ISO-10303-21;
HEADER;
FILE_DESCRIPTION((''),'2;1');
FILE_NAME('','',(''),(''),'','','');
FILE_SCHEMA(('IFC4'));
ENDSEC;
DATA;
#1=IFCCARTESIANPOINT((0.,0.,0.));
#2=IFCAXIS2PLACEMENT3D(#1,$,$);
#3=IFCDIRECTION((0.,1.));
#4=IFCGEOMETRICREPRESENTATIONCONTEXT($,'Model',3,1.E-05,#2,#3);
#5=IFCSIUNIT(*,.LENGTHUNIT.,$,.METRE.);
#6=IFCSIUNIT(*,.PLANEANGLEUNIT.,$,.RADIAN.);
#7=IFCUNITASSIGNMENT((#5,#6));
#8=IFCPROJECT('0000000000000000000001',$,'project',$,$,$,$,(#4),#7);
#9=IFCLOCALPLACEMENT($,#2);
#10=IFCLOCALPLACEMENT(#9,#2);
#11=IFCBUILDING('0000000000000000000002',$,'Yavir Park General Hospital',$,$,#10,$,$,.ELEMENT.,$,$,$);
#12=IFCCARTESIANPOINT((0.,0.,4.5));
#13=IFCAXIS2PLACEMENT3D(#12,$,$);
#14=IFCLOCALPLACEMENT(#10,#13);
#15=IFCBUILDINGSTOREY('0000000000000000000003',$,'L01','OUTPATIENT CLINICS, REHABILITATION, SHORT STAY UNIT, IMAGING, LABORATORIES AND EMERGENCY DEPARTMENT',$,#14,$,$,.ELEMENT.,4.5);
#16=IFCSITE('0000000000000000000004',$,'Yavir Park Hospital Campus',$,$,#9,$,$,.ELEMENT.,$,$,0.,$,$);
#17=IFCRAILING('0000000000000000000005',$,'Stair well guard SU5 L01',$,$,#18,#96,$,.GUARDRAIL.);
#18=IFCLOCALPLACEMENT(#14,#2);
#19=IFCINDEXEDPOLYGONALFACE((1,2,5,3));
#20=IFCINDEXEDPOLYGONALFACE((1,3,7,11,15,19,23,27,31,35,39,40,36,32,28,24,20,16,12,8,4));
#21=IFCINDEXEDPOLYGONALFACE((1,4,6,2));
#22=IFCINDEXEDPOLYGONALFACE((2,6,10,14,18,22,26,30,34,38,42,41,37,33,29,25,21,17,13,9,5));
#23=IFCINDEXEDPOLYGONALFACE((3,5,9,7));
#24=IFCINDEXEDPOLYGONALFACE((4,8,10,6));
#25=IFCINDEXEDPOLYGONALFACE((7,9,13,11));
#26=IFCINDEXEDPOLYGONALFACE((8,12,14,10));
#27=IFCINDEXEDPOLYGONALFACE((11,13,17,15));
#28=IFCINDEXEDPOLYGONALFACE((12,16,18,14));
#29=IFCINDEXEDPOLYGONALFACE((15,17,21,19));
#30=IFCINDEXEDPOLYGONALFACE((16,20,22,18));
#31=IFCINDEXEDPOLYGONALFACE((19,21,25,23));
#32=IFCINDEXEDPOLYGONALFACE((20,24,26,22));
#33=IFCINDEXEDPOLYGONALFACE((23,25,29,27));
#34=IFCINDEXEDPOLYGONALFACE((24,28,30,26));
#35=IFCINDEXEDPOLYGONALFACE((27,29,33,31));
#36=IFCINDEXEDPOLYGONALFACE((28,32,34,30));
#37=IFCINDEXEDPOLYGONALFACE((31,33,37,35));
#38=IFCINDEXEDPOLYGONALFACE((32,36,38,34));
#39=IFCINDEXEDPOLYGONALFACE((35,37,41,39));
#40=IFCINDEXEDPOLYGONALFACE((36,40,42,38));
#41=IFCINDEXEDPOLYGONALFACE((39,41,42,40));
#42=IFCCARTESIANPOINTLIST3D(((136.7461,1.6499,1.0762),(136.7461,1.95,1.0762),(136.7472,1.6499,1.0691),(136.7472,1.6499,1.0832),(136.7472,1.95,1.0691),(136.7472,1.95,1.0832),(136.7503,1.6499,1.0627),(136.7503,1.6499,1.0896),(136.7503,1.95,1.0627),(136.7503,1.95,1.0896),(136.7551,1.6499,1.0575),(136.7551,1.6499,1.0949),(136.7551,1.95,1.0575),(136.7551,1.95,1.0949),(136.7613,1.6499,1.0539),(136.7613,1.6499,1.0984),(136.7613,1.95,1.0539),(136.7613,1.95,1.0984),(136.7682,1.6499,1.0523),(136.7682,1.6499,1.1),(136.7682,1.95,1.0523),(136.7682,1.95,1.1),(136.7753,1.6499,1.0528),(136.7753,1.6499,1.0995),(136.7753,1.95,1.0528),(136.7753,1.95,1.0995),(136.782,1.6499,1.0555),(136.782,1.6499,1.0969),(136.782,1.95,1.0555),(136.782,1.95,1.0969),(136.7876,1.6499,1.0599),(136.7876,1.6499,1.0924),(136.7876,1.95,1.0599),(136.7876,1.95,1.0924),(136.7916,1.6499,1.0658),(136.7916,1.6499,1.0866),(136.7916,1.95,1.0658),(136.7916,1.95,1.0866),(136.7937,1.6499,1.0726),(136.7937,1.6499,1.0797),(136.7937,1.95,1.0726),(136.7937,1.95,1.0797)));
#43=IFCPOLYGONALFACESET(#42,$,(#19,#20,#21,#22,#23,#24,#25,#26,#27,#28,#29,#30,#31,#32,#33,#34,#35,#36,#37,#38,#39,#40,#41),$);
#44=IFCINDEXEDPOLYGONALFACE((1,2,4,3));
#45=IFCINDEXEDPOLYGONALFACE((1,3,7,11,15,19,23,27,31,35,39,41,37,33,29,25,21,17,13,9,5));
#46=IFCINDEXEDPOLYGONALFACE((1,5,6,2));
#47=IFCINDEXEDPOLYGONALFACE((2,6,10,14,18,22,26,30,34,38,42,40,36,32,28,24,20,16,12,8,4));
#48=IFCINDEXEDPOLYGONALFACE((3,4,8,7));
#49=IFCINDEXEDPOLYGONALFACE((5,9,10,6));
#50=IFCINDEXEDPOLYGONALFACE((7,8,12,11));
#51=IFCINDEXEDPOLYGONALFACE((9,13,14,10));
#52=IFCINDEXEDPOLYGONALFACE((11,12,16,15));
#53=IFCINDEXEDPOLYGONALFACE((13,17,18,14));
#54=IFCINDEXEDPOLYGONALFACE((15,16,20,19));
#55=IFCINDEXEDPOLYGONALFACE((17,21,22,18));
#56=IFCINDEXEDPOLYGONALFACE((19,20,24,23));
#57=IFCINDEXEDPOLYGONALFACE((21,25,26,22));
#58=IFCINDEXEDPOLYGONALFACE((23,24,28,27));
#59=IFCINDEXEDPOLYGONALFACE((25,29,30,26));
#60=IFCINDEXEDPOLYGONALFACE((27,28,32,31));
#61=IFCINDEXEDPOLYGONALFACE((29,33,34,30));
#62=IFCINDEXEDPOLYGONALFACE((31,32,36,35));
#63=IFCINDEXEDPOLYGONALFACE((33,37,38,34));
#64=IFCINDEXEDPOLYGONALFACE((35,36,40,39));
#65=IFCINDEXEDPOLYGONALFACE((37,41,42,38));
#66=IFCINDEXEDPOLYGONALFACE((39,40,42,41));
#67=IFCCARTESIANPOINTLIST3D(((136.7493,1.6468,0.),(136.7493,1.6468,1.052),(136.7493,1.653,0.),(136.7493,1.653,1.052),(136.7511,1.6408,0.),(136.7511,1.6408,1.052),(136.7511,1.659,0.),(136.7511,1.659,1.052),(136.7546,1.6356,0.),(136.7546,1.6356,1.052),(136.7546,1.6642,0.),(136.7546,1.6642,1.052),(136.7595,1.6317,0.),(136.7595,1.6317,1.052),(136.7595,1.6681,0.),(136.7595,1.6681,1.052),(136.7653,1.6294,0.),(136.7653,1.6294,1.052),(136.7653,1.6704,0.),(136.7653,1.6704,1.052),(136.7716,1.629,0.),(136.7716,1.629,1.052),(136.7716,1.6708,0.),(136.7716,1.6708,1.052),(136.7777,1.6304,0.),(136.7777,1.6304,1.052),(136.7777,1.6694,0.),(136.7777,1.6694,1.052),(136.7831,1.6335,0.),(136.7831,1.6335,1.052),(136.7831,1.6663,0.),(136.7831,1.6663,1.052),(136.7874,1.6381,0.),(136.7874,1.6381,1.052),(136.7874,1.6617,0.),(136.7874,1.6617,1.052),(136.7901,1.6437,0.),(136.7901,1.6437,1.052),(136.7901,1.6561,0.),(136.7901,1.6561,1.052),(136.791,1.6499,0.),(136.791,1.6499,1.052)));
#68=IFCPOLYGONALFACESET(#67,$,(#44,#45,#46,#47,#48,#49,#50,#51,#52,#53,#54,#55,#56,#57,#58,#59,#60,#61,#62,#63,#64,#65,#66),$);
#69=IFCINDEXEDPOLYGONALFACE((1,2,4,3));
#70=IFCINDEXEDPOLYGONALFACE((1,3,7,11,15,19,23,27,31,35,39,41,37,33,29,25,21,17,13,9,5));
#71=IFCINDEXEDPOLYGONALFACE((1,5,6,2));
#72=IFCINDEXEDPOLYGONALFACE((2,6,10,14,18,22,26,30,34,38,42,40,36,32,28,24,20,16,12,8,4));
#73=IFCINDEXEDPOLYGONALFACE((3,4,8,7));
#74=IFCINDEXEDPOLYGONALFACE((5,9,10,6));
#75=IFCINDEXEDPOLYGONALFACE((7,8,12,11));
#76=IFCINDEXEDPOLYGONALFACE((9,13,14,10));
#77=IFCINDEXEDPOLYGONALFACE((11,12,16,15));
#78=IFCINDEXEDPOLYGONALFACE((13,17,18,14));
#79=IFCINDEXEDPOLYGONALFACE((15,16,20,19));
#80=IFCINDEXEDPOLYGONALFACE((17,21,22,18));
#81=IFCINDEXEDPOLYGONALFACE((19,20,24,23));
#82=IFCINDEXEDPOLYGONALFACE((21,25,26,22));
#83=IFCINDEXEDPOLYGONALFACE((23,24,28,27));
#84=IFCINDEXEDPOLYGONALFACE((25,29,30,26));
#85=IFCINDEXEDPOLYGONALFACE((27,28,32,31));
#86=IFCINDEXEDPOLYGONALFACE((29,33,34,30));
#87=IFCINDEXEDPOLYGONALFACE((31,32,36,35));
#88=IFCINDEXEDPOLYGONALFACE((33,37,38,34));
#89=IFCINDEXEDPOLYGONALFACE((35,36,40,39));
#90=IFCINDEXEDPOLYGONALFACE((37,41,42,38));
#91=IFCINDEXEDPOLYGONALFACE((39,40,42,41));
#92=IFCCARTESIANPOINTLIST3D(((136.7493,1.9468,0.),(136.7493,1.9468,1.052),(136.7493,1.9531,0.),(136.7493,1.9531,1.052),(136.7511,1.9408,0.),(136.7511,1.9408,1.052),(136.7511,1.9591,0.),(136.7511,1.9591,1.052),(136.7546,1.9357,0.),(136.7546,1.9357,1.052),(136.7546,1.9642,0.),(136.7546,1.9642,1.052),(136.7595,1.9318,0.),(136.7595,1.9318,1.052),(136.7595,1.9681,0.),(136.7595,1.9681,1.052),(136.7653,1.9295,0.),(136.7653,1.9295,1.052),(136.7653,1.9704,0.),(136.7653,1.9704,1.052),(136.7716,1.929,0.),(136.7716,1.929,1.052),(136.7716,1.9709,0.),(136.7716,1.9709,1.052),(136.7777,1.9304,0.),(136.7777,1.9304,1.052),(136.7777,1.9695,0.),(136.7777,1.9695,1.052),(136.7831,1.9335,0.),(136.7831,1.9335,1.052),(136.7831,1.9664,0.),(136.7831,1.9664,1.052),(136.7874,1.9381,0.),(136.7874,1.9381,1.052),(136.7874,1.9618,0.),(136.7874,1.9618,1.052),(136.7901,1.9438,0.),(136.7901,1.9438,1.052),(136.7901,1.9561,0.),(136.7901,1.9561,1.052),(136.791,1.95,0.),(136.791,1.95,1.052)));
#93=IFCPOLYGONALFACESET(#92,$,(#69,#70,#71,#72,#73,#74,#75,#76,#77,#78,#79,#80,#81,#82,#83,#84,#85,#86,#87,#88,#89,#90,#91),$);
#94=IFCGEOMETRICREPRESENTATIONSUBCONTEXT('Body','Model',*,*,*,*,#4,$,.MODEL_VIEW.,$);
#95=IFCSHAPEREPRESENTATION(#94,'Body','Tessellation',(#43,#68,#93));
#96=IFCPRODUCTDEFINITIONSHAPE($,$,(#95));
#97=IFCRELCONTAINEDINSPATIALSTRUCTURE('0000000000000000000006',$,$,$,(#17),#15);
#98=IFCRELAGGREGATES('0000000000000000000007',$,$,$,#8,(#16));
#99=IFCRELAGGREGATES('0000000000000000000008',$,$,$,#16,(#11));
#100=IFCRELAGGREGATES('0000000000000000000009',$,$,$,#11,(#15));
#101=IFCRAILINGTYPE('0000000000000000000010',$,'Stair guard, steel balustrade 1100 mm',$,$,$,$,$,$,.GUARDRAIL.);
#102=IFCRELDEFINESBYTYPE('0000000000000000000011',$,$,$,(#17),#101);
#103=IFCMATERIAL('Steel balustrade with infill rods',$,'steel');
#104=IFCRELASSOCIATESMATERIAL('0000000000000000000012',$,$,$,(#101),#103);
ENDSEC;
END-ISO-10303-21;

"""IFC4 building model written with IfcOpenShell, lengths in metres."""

from ifc_helpers import new_model, si_unit, direction, frame, origin, origin_2d, place, context, subcontext, project, spatial, circle, extrude, material, type_object, element, save


model = new_model("IFC4")

# Units and contexts
model_context = context("Model", 3, precision=1e-05, world=origin(), true_north=direction((0.0, 1.0)))
body_context = subcontext(model_context, "Body", "Model", "MODEL_VIEW")
ifc_project = project(units=[si_unit("LENGTHUNIT", "METRE"), si_unit("PLANEANGLEUNIT", "RADIAN")], contexts=[model_context])

# Site, building, storey
site_placement = place(None, origin())
site = spatial("IfcSite", under=ifc_project, at=site_placement, Name="Yavir Park Hospital Campus", CompositionType="ELEMENT", RefElevation=0.0)
building_placement = place(site_placement, origin())
building = spatial("IfcBuilding", under=site, at=building_placement, Name="Yavir Park General Hospital", CompositionType="ELEMENT")
storey_placement = place(building_placement, frame((0.0, 0.0, 4.5)))
storey = spatial("IfcBuildingStorey", under=building, at=storey_placement, Name="L01", Description="OUTPATIENT CLINICS, REHABILITATION, SHORT STAY UNIT, IMAGING, LABORATORIES AND EMERGENCY DEPARTMENT", CompositionType="ELEMENT", Elevation=4.5)

# Railing
ifc_material_1 = material(Name="Steel balustrade with infill rods", Category="steel")
railing_type_1 = type_object("IfcRailingType", Name="Stair guard, steel balustrade 1100 mm", PredefinedType="GUARDRAIL", material=ifc_material_1)
railing_placement = place(storey_placement, frame((136.77, 1.6499, 0.0)))
element("IfcRailing", 1, at=railing_placement, inside=storey, type_object=railing_type_1, Name="Stair well guard SU5 L01", PredefinedType="GUARDRAIL", context=body_context, shape_type="SweptSolid", body=[
    extrude(circle(Radius=0.0239, at=origin_2d()), frame((0.0, 0.0, 1.0762), z_axis=(0.0, 1.0, 0.0), x_axis=(-1.0, 0.0, 0.0)), (0.0, 0.0, 1.0), 0.3),
    extrude(circle(Radius=0.021, at=origin_2d()), origin(), (0.0, 0.0, 1.0), 1.052),
    extrude(circle(Radius=0.021, at=origin_2d()), frame((0.0, 0.3, 0.0)), (0.0, 0.0, 1.0), 1.052),
])

save(model, "model.ifc")
